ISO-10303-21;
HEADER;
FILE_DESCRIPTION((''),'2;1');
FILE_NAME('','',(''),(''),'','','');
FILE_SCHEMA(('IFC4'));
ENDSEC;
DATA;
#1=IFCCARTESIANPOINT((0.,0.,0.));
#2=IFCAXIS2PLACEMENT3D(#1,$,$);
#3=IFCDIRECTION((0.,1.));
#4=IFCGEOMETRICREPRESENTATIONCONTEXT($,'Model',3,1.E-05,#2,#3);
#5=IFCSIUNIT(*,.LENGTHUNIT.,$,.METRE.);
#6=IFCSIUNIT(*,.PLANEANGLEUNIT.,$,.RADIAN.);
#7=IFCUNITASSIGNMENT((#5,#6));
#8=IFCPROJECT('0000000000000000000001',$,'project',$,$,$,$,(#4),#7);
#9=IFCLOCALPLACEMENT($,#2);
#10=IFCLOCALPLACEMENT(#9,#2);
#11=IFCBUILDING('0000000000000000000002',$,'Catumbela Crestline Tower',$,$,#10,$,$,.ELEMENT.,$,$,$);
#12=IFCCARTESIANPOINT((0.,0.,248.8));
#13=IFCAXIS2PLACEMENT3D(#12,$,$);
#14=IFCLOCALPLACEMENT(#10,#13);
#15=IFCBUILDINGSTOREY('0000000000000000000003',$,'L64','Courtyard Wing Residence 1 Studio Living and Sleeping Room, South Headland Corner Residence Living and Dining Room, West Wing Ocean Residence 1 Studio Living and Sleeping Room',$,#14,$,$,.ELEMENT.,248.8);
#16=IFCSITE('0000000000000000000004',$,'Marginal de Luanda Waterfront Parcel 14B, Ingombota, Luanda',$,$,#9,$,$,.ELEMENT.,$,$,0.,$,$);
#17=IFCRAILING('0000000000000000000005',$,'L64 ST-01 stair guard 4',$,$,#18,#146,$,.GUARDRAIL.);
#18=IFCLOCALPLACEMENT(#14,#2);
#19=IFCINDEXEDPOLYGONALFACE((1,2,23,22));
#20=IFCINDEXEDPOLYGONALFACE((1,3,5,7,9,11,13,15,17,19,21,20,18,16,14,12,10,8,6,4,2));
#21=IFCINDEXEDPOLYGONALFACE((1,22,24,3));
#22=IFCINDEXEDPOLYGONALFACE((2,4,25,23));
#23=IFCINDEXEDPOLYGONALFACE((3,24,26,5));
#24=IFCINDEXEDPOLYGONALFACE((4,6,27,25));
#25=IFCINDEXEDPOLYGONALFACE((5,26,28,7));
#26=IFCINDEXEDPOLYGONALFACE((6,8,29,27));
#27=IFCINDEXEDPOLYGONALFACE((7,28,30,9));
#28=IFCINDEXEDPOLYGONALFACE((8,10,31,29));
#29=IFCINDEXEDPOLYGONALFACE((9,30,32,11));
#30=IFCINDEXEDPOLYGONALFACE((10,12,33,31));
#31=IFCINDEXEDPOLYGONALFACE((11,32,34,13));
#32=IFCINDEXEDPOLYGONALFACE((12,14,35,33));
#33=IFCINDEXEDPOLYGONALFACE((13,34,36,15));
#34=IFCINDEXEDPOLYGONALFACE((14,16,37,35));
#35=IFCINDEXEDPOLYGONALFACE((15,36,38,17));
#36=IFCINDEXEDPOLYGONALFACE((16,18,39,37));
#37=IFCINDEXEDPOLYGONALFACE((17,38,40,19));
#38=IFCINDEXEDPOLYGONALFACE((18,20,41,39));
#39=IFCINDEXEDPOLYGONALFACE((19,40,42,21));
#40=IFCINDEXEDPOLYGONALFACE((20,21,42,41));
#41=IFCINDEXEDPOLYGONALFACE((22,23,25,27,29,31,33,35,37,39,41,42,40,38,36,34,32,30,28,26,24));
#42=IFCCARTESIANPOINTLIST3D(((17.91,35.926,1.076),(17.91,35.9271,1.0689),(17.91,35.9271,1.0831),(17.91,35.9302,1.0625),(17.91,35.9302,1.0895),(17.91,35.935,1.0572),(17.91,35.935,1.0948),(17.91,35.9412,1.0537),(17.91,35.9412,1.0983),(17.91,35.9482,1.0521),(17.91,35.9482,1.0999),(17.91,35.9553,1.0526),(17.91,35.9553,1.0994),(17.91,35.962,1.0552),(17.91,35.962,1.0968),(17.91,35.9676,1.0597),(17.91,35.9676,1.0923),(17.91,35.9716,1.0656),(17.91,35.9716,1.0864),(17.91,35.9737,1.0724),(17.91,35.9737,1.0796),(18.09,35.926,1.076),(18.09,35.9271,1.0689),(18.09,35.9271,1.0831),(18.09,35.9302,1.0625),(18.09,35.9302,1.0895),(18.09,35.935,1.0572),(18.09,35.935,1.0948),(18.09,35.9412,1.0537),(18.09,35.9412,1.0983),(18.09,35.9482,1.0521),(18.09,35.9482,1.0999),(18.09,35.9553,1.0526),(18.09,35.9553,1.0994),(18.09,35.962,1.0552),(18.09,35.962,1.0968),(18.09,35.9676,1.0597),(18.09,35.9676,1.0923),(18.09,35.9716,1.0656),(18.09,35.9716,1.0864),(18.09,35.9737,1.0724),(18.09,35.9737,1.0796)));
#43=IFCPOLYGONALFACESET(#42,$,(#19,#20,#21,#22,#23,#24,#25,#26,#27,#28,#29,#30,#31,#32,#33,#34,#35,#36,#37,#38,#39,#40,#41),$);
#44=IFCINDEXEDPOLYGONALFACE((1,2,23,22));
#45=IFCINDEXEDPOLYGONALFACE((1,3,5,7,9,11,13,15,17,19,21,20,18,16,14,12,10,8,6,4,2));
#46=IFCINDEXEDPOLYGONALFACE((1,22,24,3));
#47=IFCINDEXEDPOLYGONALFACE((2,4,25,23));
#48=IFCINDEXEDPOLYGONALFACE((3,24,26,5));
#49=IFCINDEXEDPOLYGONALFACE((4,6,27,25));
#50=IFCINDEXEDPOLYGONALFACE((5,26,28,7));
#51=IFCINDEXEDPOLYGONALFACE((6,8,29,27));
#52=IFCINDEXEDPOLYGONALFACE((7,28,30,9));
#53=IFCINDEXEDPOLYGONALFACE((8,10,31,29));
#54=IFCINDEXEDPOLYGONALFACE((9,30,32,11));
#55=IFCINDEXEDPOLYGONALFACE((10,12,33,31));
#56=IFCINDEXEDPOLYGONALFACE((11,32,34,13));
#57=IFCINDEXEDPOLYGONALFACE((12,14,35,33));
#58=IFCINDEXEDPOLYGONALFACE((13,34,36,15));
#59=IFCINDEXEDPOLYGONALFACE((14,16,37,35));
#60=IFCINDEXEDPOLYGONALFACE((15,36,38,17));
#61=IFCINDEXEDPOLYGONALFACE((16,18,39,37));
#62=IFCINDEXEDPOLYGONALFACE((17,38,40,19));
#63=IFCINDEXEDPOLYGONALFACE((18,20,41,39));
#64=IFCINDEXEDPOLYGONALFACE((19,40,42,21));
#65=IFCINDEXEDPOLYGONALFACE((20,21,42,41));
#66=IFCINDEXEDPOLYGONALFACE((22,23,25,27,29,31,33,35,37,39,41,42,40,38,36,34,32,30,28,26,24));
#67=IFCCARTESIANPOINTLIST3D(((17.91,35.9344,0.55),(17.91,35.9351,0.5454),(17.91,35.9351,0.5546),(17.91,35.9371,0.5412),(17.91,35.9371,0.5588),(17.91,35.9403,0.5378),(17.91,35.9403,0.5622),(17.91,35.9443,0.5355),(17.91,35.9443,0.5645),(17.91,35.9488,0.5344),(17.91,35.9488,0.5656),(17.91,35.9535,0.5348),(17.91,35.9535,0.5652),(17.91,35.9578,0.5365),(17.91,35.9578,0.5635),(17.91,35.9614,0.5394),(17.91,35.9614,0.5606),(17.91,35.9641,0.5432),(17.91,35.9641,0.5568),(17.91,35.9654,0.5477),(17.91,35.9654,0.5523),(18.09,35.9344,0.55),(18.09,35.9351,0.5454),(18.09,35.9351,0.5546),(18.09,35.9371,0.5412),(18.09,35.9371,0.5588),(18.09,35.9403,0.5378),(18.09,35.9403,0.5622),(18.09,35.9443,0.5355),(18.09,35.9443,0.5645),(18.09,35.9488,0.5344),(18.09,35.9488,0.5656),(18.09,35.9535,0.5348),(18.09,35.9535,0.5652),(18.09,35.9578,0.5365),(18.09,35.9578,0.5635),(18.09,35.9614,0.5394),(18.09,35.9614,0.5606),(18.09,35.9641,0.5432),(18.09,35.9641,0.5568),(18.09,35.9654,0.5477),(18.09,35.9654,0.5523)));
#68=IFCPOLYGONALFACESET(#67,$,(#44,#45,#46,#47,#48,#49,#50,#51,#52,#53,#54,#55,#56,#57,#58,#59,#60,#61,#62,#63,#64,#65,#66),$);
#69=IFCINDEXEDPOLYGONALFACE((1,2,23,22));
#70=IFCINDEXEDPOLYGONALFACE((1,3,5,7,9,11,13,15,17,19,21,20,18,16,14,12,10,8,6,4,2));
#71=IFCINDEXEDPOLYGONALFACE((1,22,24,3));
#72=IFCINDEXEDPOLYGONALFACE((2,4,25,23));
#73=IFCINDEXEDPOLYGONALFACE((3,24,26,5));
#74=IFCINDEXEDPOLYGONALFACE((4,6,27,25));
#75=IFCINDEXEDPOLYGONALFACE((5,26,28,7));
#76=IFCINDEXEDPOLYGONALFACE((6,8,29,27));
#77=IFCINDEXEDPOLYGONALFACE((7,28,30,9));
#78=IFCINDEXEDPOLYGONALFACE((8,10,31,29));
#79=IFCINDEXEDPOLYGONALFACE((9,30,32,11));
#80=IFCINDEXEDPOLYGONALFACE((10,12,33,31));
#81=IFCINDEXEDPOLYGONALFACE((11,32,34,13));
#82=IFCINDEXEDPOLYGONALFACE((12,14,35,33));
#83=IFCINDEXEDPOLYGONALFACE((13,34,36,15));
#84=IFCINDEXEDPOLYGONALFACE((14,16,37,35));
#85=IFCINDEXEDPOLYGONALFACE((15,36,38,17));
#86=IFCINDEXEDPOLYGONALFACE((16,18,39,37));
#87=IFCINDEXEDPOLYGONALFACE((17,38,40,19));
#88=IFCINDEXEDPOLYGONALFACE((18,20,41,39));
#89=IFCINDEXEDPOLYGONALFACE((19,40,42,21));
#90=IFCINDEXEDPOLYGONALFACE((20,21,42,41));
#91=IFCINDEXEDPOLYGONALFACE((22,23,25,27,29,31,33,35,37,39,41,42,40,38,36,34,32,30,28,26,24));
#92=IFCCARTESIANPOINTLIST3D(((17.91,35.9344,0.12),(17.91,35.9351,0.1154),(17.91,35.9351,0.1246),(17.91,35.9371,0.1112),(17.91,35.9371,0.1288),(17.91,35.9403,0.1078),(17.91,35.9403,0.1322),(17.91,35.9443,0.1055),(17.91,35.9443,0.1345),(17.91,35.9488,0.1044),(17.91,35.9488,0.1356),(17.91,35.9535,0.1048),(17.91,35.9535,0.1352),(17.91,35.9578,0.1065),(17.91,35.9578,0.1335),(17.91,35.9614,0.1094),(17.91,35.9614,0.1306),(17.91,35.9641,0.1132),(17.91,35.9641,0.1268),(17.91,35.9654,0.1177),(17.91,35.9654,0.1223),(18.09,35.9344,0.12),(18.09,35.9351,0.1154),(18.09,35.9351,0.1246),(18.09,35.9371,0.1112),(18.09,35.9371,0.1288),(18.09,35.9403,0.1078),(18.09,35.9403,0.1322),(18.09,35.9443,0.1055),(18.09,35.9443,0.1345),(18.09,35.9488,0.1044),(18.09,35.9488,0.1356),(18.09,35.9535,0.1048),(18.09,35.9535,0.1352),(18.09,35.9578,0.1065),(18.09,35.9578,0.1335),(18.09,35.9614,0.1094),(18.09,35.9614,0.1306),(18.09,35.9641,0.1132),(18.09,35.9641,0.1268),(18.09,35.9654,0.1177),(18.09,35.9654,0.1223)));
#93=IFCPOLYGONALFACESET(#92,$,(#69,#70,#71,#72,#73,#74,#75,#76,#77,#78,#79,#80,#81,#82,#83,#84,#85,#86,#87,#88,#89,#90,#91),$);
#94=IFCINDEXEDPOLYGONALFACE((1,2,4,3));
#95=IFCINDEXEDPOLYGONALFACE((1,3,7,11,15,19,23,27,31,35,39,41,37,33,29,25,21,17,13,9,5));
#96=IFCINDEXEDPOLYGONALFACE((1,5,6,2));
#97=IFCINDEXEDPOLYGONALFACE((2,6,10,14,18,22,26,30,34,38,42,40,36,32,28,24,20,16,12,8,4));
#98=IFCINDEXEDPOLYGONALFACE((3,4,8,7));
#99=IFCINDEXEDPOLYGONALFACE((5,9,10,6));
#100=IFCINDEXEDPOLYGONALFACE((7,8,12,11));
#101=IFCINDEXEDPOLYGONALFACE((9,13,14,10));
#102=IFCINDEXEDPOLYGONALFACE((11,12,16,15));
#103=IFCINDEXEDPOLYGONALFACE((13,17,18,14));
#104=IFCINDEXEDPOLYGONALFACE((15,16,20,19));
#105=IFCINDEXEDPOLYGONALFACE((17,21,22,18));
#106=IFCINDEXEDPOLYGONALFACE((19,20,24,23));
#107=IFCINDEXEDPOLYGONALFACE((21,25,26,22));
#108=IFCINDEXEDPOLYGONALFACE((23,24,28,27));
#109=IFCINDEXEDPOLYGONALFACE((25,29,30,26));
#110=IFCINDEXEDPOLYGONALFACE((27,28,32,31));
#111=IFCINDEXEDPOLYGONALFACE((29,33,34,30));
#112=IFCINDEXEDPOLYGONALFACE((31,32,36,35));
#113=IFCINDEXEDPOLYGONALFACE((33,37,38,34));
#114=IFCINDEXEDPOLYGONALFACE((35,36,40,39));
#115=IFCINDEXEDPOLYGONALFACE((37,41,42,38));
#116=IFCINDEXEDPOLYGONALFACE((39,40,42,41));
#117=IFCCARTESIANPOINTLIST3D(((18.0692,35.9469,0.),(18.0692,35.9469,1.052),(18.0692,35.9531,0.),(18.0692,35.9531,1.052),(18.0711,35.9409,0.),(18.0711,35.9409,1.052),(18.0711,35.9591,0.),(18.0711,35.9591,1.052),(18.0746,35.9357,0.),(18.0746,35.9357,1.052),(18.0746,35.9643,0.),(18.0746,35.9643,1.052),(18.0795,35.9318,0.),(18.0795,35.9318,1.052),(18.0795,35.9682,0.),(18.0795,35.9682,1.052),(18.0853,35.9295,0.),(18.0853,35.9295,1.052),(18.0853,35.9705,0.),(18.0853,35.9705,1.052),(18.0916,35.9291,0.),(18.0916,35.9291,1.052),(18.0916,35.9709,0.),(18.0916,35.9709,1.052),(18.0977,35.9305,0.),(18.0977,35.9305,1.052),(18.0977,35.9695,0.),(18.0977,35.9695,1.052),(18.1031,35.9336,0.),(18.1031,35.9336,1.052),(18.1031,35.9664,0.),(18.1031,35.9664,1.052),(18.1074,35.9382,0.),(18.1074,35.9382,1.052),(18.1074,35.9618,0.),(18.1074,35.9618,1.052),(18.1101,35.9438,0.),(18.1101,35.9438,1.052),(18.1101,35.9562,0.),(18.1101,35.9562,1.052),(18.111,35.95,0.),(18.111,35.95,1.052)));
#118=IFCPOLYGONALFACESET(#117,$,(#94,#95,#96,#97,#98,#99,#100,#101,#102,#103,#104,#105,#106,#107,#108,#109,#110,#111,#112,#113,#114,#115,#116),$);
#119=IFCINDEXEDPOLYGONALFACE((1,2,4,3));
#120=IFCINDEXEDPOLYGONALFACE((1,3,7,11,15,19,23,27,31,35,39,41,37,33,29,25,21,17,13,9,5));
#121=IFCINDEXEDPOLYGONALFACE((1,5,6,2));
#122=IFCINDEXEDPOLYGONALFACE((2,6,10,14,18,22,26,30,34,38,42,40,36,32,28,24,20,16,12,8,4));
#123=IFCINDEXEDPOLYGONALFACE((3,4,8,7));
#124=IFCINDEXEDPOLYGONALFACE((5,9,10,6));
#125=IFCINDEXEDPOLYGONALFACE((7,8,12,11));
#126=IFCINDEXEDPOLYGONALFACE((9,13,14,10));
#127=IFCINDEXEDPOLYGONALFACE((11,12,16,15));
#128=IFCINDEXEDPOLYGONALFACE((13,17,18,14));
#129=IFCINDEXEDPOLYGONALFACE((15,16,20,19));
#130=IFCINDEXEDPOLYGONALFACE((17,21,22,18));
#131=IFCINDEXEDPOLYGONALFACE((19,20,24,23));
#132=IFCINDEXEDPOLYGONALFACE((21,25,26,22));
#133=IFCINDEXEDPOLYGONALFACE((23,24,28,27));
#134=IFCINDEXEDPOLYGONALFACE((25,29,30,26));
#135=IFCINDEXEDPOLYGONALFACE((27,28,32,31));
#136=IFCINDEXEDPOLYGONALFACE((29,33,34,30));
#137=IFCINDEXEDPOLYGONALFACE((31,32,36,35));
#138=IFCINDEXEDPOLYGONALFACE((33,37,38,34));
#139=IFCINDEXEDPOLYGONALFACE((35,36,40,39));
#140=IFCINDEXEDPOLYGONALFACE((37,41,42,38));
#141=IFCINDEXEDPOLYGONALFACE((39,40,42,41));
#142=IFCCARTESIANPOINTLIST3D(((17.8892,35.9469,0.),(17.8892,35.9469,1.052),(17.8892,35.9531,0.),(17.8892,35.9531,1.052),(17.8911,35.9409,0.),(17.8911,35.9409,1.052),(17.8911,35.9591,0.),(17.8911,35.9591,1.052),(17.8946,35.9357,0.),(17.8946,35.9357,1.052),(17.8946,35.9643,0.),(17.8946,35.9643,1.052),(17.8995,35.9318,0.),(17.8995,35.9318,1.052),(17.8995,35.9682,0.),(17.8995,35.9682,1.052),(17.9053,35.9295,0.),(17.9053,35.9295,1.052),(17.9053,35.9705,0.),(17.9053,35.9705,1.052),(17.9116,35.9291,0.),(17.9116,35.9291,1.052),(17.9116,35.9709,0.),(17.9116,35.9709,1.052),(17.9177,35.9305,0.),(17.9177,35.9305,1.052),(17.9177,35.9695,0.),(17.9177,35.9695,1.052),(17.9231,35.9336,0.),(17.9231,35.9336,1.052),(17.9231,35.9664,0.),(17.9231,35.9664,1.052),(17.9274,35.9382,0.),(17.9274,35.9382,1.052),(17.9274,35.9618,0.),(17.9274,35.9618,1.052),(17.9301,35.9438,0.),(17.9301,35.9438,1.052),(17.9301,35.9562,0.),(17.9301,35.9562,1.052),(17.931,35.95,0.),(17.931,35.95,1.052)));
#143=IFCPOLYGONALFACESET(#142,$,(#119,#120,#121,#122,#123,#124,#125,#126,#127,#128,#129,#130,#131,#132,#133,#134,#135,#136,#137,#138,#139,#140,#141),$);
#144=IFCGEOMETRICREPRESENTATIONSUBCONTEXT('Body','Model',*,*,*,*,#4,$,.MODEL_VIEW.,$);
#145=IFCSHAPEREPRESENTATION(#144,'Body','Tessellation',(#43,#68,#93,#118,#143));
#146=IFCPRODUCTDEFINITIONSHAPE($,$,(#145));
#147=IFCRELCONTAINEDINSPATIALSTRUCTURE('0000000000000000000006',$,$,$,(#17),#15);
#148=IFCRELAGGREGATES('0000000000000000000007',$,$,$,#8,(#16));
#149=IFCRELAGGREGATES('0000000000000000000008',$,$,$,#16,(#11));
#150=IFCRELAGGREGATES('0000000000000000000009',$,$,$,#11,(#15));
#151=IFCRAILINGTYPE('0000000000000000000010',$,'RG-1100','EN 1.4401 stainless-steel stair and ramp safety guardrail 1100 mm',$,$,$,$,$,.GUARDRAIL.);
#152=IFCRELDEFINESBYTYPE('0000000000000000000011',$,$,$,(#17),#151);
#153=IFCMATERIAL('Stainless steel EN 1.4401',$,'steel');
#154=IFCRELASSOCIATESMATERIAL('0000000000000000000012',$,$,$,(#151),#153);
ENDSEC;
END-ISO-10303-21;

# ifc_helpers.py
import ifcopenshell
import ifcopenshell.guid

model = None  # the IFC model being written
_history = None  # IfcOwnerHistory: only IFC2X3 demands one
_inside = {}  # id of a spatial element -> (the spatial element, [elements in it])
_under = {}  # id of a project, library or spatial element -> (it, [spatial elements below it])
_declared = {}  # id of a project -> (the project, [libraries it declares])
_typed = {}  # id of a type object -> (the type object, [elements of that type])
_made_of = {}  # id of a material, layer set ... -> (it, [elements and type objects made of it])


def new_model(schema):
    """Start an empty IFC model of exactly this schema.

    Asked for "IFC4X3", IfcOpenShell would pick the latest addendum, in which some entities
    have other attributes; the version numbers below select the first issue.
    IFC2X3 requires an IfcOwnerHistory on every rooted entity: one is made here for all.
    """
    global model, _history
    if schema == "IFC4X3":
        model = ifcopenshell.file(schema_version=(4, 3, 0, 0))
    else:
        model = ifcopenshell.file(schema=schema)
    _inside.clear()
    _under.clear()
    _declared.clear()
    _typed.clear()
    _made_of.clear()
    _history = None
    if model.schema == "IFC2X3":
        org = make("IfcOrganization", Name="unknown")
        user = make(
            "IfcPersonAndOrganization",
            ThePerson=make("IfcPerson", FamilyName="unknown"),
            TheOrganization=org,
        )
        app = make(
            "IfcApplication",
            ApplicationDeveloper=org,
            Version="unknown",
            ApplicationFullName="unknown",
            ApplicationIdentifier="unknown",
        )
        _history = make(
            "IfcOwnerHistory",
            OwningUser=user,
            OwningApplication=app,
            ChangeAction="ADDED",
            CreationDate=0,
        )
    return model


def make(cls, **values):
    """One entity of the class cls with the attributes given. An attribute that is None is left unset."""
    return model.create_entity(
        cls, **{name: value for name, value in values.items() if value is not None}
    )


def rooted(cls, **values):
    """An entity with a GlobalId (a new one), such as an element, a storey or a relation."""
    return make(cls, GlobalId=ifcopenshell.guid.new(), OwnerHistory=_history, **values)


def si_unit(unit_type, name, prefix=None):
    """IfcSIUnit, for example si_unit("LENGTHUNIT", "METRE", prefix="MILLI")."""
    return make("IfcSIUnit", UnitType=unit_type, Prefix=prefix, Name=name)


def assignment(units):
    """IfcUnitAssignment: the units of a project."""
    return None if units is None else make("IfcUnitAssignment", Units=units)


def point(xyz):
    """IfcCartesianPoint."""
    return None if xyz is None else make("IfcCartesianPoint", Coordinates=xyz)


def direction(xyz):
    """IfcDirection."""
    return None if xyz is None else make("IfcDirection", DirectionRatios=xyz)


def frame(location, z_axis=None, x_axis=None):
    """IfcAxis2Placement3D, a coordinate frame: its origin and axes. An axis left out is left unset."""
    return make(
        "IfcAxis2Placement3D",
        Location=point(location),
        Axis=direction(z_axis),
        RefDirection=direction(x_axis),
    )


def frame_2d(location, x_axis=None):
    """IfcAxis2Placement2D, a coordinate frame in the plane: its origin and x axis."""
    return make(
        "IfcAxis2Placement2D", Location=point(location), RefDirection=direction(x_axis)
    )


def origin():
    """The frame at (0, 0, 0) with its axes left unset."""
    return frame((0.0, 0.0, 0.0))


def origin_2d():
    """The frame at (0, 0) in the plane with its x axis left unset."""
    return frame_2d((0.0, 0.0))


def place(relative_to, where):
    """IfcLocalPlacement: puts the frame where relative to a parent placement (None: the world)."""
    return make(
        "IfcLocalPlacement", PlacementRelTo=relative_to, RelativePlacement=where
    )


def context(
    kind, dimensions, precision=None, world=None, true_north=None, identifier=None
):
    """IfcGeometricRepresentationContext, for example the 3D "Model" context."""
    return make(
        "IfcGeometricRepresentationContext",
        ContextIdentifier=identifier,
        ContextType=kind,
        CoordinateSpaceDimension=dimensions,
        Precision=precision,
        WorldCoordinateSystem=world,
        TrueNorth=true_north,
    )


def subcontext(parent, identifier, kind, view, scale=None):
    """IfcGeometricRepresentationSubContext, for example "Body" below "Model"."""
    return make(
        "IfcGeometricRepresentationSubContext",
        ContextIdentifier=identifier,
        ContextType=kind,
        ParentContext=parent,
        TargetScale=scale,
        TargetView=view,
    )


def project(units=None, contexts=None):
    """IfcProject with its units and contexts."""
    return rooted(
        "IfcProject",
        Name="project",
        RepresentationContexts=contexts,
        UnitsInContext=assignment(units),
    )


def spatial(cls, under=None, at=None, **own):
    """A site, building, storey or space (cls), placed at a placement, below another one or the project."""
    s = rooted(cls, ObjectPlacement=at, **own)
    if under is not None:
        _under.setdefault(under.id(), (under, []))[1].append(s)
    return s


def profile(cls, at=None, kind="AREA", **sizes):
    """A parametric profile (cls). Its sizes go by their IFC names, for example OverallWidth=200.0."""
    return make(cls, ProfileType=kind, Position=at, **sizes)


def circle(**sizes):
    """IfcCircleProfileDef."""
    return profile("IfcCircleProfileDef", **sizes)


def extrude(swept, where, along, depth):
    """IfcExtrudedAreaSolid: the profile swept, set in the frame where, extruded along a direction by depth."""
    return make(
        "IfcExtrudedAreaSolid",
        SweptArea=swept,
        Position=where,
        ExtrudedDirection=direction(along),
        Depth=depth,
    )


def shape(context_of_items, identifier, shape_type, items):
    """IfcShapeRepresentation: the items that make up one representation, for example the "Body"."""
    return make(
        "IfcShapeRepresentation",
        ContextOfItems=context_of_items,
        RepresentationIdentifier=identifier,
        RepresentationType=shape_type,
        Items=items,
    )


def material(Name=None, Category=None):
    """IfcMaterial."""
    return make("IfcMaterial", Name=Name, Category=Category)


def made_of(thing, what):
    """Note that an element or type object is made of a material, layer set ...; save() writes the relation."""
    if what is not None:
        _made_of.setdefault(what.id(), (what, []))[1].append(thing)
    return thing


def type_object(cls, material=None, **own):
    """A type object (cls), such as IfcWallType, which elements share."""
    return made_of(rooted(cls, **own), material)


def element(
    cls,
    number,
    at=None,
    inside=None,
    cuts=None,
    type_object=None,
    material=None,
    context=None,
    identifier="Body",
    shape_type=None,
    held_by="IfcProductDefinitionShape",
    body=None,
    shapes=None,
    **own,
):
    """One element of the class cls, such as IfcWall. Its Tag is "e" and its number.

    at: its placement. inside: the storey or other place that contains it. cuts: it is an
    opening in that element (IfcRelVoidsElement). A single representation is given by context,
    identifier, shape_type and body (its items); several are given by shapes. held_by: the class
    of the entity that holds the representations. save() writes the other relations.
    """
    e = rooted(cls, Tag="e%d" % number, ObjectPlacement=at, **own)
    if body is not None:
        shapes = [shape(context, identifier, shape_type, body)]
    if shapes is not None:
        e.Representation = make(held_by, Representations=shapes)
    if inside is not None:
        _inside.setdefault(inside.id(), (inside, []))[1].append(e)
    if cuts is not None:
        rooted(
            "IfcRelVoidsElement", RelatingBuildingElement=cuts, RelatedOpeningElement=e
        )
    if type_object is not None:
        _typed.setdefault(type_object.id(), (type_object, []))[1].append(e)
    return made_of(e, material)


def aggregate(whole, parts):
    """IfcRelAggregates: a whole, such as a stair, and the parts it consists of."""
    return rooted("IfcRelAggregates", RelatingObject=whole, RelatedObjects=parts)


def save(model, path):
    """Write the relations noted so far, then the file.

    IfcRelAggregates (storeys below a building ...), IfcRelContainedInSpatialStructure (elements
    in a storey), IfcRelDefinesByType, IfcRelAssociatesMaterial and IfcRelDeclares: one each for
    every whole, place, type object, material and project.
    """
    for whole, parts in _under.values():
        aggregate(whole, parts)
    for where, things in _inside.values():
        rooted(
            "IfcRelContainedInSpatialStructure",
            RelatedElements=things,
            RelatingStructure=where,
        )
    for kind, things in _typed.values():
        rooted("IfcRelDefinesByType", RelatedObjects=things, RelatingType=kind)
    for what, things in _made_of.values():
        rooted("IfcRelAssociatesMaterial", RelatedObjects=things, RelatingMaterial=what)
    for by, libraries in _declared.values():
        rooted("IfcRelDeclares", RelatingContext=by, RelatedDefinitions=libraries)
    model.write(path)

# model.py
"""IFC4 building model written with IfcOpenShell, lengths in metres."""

from ifc_helpers import new_model, si_unit, direction, frame, origin, origin_2d, place, context, subcontext, project, spatial, circle, extrude, material, type_object, element, save


model = new_model("IFC4")

# Units and contexts
model_context = context("Model", 3, precision=1e-05, world=origin(), true_north=direction((0.0, 1.0)))
body_context = subcontext(model_context, "Body", "Model", "MODEL_VIEW")
ifc_project = project(units=[si_unit("LENGTHUNIT", "METRE"), si_unit("PLANEANGLEUNIT", "RADIAN")], contexts=[model_context])

# Site, building, storey
site_placement = place(None, origin())
site = spatial("IfcSite", under=ifc_project, at=site_placement, Name="Marginal de Luanda Waterfront Parcel 14B, Ingombota, Luanda", CompositionType="ELEMENT", RefElevation=0.0)
building_placement = place(site_placement, origin())
building = spatial("IfcBuilding", under=site, at=building_placement, Name="Catumbela Crestline Tower", CompositionType="ELEMENT")
storey_placement = place(building_placement, frame((0.0, 0.0, 248.8)))
storey = spatial("IfcBuildingStorey", under=building, at=storey_placement, Name="L64", Description="Courtyard Wing Residence 1 Studio Living and Sleeping Room, South Headland Corner Residence Living and Dining Room, West Wing Ocean Residence 1 Studio Living and Sleeping Room", CompositionType="ELEMENT", Elevation=248.8)

# Shared definitions
ifc_material_1 = material(Name="Stainless steel EN 1.4401", Category="steel")

# Railing
railing_type_1 = type_object("IfcRailingType", Name="RG-1100", Description="EN 1.4401 stainless-steel stair and ramp safety guardrail 1100 mm", PredefinedType="GUARDRAIL", material=ifc_material_1)
railing_1_placement = place(storey_placement, frame((18.09, 35.95, 0.0)))
element("IfcRailing", 1, at=railing_1_placement, inside=storey, type_object=railing_type_1, Name="L64 ST-01 stair guard 4", PredefinedType="GUARDRAIL", context=body_context, shape_type="SweptSolid", body=[
    extrude(circle(Radius=0.024, at=origin_2d()), frame((0.0, 0.0, 1.076), z_axis=(-1.0, 0.0, 0.0), x_axis=(0.0, -1.0, 0.0)), (0.0, 0.0, 1.0), 0.18),
    extrude(circle(Radius=0.0156, at=origin_2d()), frame((0.0, 0.0, 0.55), z_axis=(-1.0, 0.0, 0.0), x_axis=(0.0, -1.0, 0.0)), (0.0, 0.0, 1.0), 0.18),
    extrude(circle(Radius=0.0156, at=origin_2d()), frame((0.0, 0.0, 0.12), z_axis=(-1.0, 0.0, 0.0), x_axis=(0.0, -1.0, 0.0)), (0.0, 0.0, 1.0), 0.18),
    extrude(circle(Radius=0.021, at=origin_2d()), origin(), (0.0, 0.0, 1.0), 1.052),
    extrude(circle(Radius=0.021, at=origin_2d()), frame((-0.18, 0.0, 0.0)), (0.0, 0.0, 1.0), 1.052),
])

save(model, "model.ifc")
